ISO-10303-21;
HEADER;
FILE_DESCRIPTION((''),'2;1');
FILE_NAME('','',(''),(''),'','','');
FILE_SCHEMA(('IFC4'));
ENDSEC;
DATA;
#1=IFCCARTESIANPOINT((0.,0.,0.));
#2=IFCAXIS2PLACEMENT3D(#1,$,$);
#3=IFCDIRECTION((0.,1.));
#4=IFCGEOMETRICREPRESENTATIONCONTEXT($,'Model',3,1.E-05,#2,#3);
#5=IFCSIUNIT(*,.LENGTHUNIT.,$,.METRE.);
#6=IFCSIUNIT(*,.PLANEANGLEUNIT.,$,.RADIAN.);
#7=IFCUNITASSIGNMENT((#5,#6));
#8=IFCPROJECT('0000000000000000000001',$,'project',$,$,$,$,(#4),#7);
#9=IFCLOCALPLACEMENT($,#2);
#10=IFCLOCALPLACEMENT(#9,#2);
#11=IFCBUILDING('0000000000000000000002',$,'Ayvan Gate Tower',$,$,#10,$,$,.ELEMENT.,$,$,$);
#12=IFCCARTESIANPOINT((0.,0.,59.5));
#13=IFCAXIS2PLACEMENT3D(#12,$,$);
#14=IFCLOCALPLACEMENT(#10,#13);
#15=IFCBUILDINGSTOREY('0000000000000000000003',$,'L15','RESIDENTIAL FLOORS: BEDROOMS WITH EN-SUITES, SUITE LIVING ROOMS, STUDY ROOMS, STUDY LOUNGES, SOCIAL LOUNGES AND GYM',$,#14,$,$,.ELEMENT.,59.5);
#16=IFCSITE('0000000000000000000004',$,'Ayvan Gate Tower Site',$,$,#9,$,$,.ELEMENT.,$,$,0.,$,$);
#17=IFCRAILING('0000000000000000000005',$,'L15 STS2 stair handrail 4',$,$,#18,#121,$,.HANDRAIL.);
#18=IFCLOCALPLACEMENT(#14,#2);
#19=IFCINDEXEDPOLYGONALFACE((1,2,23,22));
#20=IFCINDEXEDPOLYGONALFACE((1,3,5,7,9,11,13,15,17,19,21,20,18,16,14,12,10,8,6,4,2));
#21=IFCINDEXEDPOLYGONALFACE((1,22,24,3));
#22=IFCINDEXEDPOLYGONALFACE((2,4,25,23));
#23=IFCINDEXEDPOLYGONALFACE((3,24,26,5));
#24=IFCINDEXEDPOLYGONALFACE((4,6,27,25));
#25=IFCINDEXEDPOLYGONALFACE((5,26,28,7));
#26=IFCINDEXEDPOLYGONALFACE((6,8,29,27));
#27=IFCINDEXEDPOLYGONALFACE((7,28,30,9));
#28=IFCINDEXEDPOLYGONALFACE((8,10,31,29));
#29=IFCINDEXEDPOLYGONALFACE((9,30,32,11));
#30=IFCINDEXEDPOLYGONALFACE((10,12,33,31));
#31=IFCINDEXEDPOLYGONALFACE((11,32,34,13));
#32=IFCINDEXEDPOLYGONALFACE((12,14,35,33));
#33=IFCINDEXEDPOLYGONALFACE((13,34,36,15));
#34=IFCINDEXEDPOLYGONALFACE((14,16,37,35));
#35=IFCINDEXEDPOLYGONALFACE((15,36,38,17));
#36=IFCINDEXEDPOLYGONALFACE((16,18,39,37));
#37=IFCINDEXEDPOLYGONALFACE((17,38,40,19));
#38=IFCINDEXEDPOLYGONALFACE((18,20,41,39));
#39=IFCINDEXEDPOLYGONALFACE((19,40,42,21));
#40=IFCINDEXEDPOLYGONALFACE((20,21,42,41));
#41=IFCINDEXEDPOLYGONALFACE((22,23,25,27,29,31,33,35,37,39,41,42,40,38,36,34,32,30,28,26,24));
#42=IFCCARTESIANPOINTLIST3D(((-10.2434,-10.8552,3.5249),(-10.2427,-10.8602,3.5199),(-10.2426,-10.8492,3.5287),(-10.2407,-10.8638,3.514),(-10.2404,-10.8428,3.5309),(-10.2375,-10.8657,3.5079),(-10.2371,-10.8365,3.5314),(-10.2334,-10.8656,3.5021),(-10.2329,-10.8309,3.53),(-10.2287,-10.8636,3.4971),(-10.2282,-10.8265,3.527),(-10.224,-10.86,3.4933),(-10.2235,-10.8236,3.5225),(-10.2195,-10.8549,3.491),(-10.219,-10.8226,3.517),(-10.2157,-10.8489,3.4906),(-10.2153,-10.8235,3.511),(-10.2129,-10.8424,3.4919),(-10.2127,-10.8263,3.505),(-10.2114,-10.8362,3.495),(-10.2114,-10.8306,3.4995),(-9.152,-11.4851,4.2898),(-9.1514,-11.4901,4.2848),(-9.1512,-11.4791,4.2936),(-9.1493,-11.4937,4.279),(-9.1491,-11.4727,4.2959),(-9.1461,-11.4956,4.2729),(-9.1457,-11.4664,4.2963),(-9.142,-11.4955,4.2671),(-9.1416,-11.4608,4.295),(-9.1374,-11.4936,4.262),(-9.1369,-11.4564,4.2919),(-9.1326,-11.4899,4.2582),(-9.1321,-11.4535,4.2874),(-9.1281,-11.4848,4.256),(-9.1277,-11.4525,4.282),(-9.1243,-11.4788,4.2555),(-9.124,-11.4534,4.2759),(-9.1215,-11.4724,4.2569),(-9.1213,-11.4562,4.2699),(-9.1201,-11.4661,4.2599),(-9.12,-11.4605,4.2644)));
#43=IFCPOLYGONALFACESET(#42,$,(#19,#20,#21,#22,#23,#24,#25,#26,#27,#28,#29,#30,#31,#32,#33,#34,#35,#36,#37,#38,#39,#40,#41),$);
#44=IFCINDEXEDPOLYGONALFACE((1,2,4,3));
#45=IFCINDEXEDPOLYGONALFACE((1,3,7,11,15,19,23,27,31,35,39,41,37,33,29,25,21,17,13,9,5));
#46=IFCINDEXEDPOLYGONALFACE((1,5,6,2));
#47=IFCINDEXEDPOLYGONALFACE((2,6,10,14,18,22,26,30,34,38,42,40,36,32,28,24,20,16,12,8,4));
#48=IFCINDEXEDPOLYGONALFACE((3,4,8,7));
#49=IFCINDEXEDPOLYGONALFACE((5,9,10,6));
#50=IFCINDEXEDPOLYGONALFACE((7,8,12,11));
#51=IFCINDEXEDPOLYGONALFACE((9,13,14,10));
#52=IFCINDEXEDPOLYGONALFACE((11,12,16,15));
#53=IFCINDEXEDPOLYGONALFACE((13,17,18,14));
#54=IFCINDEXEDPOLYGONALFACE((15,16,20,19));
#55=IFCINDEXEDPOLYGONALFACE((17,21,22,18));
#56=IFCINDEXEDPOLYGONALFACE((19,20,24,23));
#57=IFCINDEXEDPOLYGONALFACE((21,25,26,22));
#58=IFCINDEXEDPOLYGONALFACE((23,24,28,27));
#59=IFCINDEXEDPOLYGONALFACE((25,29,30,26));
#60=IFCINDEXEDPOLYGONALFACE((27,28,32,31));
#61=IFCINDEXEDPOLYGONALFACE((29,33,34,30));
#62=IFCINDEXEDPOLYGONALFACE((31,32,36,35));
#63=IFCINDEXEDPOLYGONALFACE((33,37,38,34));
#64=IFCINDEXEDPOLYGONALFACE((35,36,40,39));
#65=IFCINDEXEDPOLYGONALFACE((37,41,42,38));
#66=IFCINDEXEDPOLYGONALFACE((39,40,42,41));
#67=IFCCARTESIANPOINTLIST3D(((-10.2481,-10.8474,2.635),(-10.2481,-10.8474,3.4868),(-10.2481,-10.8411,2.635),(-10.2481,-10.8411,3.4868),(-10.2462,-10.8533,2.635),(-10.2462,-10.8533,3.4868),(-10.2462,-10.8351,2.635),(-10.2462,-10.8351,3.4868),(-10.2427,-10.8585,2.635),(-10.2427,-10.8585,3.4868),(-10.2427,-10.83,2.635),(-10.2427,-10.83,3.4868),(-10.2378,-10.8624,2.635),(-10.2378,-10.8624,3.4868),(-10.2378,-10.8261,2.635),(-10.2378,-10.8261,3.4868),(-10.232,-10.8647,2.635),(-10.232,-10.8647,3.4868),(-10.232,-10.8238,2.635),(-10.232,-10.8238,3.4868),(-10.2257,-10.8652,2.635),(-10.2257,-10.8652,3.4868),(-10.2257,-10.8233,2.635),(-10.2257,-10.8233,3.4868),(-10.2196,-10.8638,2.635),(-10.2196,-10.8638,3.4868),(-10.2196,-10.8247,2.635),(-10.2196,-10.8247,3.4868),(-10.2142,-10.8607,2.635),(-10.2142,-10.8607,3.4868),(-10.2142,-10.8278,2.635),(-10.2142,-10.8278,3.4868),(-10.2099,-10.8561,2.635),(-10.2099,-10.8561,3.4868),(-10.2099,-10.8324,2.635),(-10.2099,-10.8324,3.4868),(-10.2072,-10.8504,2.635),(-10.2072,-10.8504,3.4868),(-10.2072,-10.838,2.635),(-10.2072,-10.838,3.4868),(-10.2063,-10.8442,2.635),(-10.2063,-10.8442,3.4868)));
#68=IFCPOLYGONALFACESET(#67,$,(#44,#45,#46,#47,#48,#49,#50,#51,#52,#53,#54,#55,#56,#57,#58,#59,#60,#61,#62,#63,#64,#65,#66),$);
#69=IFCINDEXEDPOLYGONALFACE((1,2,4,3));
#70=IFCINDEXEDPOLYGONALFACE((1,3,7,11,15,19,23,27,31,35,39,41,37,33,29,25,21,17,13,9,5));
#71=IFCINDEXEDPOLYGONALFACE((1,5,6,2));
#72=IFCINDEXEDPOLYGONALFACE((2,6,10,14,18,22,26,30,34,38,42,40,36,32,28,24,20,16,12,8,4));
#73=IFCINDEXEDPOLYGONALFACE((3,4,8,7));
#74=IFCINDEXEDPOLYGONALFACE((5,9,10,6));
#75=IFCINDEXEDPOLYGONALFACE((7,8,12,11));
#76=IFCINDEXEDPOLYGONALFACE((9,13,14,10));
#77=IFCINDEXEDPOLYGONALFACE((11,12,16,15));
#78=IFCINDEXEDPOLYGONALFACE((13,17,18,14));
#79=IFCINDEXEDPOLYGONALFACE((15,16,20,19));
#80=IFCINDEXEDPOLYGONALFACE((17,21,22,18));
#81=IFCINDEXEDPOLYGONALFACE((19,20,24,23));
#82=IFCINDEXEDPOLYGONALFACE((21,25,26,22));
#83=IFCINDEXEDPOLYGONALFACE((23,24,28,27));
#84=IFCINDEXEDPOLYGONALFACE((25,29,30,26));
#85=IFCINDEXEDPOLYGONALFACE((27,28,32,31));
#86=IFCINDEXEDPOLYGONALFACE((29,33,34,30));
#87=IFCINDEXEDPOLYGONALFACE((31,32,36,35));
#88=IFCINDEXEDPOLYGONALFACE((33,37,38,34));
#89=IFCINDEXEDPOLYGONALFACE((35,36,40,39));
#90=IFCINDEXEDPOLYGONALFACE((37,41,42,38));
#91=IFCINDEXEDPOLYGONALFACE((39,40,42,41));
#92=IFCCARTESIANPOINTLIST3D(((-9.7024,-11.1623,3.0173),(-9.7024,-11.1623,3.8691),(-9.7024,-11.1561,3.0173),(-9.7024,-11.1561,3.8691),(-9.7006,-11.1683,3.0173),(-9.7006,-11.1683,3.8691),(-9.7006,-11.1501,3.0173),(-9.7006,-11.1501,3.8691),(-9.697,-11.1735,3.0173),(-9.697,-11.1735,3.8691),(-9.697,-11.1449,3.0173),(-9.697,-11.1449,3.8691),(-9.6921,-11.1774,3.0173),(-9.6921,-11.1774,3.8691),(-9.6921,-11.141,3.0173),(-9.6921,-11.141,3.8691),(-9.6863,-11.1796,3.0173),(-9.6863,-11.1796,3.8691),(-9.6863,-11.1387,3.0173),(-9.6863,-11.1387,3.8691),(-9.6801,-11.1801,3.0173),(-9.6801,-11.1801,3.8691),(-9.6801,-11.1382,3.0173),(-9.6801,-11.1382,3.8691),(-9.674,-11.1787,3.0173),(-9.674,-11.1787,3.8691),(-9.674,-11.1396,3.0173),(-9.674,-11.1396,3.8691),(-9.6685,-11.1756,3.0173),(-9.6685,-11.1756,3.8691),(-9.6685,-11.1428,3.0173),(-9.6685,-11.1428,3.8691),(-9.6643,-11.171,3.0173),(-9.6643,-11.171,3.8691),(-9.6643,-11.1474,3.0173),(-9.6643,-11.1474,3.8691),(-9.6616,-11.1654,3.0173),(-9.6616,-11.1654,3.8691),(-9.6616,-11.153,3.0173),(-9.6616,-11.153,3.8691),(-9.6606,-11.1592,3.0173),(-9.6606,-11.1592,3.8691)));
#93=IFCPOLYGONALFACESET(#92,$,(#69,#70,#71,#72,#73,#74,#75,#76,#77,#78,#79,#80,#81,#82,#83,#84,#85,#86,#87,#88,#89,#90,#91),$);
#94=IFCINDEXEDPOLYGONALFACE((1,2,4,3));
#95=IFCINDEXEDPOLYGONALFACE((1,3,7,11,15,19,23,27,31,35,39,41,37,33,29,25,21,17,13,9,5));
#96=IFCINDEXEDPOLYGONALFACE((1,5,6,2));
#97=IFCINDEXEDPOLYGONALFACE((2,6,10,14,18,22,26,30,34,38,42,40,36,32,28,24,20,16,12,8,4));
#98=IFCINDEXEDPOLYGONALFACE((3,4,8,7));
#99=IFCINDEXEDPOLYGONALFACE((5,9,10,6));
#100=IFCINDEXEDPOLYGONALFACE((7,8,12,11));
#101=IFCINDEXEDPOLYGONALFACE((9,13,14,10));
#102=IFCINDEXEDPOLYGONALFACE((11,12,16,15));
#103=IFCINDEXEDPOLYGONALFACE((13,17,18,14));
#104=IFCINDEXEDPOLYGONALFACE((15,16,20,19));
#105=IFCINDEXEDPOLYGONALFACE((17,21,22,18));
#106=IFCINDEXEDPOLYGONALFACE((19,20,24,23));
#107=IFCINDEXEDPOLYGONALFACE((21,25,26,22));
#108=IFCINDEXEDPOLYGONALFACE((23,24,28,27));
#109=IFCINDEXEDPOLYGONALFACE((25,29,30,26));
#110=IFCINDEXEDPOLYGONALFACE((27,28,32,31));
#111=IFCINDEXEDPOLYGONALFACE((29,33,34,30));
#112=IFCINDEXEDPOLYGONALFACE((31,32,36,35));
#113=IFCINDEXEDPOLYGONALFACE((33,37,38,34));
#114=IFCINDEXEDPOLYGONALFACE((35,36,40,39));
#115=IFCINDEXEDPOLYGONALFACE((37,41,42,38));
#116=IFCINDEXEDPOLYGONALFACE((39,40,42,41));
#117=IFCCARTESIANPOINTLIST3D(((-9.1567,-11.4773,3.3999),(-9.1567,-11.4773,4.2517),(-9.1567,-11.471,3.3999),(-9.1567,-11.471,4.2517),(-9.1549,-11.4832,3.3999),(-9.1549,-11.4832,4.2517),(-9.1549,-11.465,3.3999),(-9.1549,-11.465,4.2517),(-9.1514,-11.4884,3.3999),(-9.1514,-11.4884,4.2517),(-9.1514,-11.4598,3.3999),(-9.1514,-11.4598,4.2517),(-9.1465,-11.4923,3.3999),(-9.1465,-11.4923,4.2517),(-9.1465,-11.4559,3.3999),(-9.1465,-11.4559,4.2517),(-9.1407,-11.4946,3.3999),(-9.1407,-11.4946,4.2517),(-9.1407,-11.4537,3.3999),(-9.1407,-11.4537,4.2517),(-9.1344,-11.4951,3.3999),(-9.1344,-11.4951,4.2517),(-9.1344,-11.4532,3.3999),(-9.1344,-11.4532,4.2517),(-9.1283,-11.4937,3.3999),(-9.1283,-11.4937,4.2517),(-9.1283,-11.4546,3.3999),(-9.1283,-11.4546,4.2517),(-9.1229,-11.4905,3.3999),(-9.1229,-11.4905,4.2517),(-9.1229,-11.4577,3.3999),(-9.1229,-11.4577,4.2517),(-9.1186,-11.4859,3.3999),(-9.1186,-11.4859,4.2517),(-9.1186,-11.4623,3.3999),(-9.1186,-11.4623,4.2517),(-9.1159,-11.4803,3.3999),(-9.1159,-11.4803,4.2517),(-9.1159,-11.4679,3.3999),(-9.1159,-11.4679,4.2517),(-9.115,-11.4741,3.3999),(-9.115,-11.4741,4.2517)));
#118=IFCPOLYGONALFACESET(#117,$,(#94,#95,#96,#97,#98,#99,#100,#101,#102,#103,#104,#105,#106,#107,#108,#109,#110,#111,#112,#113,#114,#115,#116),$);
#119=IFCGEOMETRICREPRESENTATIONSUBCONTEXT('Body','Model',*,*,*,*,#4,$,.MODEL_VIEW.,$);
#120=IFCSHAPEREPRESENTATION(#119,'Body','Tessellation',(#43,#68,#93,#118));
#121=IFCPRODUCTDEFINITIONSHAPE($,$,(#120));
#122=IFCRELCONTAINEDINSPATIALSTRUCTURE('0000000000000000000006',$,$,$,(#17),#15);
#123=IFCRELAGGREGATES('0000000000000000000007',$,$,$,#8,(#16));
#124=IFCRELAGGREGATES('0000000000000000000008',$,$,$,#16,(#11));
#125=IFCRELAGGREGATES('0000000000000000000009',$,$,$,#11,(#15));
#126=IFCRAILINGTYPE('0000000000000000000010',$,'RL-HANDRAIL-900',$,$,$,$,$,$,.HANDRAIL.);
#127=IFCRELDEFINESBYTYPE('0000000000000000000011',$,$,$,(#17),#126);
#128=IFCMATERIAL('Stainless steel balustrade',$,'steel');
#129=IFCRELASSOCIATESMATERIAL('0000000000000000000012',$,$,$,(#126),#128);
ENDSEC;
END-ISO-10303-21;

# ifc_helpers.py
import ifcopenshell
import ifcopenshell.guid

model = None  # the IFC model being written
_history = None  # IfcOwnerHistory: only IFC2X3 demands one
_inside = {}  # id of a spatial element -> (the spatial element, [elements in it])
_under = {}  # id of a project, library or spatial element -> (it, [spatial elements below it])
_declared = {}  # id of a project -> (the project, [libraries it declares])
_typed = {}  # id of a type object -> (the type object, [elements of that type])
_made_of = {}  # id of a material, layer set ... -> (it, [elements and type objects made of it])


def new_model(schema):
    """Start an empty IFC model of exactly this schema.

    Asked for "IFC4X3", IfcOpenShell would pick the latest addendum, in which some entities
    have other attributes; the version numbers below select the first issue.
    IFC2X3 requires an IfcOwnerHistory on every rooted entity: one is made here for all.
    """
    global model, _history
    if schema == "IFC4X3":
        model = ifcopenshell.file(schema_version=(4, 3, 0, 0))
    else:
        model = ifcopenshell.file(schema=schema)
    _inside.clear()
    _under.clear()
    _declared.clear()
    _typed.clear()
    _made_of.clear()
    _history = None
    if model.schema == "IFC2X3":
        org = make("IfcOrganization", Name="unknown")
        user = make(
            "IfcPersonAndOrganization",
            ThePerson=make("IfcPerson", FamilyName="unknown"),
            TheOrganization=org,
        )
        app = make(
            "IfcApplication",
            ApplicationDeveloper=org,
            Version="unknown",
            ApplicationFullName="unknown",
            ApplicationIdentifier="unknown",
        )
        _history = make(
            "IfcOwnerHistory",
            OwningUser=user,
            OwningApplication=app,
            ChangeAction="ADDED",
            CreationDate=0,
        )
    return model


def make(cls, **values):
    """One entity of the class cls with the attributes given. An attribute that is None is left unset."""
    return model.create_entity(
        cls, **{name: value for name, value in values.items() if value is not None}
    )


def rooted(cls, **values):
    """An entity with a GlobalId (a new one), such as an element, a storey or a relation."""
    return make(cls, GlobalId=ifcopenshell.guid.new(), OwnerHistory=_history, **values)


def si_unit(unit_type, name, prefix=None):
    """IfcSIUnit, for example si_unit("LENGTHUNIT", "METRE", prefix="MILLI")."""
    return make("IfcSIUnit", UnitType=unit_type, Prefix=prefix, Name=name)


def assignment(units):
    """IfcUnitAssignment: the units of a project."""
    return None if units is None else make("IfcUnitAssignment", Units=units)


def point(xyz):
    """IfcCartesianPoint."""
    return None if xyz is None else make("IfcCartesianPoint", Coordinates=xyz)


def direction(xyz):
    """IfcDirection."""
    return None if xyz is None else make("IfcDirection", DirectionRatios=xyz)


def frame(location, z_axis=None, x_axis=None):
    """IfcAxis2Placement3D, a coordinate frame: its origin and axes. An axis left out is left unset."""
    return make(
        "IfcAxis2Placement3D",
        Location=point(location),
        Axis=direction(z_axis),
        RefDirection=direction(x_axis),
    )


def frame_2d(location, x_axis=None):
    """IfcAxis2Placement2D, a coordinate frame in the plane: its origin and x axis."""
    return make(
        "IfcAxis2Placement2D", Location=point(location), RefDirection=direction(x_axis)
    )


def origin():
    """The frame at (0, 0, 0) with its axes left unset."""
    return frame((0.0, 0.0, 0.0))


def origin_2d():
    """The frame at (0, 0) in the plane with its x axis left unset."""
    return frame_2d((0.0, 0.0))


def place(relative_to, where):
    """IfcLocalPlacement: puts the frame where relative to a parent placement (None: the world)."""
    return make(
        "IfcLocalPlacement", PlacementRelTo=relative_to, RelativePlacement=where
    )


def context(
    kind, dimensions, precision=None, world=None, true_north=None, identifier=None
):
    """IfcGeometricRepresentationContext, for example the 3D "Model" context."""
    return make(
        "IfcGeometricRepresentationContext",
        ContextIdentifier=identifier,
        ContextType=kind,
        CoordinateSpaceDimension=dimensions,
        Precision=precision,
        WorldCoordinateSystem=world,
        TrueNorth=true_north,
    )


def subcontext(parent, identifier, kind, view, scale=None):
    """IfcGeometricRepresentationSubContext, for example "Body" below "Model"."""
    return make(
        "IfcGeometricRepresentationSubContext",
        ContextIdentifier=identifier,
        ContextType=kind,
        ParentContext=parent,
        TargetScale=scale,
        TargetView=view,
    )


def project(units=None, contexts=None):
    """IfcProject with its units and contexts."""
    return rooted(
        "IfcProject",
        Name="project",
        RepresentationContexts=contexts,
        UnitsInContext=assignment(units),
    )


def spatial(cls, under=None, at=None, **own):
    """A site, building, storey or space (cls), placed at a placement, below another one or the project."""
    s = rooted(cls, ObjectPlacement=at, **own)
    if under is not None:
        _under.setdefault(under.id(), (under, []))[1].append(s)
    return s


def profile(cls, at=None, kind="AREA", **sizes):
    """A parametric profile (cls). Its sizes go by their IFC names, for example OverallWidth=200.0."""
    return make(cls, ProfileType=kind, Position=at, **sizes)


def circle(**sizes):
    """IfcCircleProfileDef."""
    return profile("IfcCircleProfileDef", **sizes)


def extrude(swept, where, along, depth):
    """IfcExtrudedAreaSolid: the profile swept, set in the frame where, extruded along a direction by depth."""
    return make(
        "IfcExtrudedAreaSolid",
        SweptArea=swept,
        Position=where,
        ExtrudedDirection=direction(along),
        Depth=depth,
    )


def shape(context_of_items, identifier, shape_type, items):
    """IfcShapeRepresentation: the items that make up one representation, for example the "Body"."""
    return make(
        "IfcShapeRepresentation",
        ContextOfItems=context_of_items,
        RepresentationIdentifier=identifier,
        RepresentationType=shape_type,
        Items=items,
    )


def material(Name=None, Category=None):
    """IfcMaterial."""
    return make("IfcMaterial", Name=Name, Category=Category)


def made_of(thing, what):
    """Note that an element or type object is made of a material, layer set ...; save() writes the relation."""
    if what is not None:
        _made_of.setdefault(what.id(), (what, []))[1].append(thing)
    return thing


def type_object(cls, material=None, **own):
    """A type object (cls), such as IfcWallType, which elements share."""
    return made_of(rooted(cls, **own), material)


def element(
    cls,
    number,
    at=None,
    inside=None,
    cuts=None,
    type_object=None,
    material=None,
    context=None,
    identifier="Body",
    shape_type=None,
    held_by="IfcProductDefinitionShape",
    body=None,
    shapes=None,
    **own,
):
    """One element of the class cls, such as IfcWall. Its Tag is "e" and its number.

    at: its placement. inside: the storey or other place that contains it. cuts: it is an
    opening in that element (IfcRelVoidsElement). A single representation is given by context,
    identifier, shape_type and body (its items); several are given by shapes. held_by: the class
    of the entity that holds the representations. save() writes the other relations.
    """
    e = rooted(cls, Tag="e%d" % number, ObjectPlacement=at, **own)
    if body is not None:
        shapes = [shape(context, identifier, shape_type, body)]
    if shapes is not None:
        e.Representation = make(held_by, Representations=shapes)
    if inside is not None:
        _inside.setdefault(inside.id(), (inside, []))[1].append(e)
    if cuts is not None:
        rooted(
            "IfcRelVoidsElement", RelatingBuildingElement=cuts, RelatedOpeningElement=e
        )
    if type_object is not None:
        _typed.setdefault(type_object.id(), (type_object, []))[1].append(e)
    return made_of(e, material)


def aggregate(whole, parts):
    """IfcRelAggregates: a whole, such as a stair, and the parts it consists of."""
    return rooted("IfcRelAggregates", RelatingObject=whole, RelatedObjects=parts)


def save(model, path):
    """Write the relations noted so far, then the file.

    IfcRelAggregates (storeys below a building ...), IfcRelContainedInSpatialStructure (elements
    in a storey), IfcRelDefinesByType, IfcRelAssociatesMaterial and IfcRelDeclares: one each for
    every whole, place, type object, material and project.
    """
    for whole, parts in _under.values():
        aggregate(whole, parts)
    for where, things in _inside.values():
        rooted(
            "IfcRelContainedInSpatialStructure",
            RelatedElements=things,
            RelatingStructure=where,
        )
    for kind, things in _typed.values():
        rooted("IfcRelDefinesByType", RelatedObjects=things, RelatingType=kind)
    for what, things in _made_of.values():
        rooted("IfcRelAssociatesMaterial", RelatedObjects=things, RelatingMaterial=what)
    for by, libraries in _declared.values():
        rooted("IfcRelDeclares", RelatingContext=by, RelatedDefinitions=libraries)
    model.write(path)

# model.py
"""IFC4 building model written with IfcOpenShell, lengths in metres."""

from ifc_helpers import new_model, si_unit, direction, frame, origin, origin_2d, place, context, subcontext, project, spatial, circle, extrude, material, type_object, element, save


model = new_model("IFC4")

# Units and contexts
model_context = context("Model", 3, precision=1e-05, world=origin(), true_north=direction((0.0, 1.0)))
body_context = subcontext(model_context, "Body", "Model", "MODEL_VIEW")
ifc_project = project(units=[si_unit("LENGTHUNIT", "METRE"), si_unit("PLANEANGLEUNIT", "RADIAN")], contexts=[model_context])

# Site, building, storey
site_placement = place(None, origin())
site = spatial("IfcSite", under=ifc_project, at=site_placement, Name="Ayvan Gate Tower Site", CompositionType="ELEMENT", RefElevation=0.0)
building_placement = place(site_placement, origin())
building = spatial("IfcBuilding", under=site, at=building_placement, Name="Ayvan Gate Tower", CompositionType="ELEMENT")
storey_placement = place(building_placement, frame((0.0, 0.0, 59.5)))
storey = spatial("IfcBuildingStorey", under=building, at=storey_placement, Name="L15", Description="RESIDENTIAL FLOORS: BEDROOMS WITH EN-SUITES, SUITE LIVING ROOMS, STUDY ROOMS, STUDY LOUNGES, SOCIAL LOUNGES AND GYM", CompositionType="ELEMENT", Elevation=59.5)

# Railing
ifc_material_1 = material(Name="Stainless steel balustrade", Category="steel")
railing_type_1 = type_object("IfcRailingType", Name="RL-HANDRAIL-900", PredefinedType="HANDRAIL", material=ifc_material_1)
railing_1_placement = place(storey_placement, frame((-10.2273, -10.8442, 2.635)))
element("IfcRailing", 1, at=railing_1_placement, inside=storey, type_object=railing_type_1, Name="L15 STS2 stair handrail 4", PredefinedType="HANDRAIL", context=body_context, shape_type="SweptSolid", body=[
    extrude(circle(Radius=0.0239, at=origin_2d()), frame((0.0, 0.0, 0.876), z_axis=(0.740357, -0.42732, 0.518912), x_axis=(0.49989, 0.866089, 0.0)), (0.0, 0.0, 1.0), 1.4741),
    extrude(circle(Radius=0.021, at=origin_2d()), origin(), (0.0, 0.0, 1.0), 0.8518),
    extrude(circle(Radius=0.021, at=origin_2d()), frame((0.5457, -0.3149, 0.3823)), (0.0, 0.0, 1.0), 0.8518),
    extrude(circle(Radius=0.021, at=origin_2d()), frame((1.0913, -0.6299, 0.7649)), (0.0, 0.0, 1.0), 0.8518),
])

save(model, "model.ifc")
